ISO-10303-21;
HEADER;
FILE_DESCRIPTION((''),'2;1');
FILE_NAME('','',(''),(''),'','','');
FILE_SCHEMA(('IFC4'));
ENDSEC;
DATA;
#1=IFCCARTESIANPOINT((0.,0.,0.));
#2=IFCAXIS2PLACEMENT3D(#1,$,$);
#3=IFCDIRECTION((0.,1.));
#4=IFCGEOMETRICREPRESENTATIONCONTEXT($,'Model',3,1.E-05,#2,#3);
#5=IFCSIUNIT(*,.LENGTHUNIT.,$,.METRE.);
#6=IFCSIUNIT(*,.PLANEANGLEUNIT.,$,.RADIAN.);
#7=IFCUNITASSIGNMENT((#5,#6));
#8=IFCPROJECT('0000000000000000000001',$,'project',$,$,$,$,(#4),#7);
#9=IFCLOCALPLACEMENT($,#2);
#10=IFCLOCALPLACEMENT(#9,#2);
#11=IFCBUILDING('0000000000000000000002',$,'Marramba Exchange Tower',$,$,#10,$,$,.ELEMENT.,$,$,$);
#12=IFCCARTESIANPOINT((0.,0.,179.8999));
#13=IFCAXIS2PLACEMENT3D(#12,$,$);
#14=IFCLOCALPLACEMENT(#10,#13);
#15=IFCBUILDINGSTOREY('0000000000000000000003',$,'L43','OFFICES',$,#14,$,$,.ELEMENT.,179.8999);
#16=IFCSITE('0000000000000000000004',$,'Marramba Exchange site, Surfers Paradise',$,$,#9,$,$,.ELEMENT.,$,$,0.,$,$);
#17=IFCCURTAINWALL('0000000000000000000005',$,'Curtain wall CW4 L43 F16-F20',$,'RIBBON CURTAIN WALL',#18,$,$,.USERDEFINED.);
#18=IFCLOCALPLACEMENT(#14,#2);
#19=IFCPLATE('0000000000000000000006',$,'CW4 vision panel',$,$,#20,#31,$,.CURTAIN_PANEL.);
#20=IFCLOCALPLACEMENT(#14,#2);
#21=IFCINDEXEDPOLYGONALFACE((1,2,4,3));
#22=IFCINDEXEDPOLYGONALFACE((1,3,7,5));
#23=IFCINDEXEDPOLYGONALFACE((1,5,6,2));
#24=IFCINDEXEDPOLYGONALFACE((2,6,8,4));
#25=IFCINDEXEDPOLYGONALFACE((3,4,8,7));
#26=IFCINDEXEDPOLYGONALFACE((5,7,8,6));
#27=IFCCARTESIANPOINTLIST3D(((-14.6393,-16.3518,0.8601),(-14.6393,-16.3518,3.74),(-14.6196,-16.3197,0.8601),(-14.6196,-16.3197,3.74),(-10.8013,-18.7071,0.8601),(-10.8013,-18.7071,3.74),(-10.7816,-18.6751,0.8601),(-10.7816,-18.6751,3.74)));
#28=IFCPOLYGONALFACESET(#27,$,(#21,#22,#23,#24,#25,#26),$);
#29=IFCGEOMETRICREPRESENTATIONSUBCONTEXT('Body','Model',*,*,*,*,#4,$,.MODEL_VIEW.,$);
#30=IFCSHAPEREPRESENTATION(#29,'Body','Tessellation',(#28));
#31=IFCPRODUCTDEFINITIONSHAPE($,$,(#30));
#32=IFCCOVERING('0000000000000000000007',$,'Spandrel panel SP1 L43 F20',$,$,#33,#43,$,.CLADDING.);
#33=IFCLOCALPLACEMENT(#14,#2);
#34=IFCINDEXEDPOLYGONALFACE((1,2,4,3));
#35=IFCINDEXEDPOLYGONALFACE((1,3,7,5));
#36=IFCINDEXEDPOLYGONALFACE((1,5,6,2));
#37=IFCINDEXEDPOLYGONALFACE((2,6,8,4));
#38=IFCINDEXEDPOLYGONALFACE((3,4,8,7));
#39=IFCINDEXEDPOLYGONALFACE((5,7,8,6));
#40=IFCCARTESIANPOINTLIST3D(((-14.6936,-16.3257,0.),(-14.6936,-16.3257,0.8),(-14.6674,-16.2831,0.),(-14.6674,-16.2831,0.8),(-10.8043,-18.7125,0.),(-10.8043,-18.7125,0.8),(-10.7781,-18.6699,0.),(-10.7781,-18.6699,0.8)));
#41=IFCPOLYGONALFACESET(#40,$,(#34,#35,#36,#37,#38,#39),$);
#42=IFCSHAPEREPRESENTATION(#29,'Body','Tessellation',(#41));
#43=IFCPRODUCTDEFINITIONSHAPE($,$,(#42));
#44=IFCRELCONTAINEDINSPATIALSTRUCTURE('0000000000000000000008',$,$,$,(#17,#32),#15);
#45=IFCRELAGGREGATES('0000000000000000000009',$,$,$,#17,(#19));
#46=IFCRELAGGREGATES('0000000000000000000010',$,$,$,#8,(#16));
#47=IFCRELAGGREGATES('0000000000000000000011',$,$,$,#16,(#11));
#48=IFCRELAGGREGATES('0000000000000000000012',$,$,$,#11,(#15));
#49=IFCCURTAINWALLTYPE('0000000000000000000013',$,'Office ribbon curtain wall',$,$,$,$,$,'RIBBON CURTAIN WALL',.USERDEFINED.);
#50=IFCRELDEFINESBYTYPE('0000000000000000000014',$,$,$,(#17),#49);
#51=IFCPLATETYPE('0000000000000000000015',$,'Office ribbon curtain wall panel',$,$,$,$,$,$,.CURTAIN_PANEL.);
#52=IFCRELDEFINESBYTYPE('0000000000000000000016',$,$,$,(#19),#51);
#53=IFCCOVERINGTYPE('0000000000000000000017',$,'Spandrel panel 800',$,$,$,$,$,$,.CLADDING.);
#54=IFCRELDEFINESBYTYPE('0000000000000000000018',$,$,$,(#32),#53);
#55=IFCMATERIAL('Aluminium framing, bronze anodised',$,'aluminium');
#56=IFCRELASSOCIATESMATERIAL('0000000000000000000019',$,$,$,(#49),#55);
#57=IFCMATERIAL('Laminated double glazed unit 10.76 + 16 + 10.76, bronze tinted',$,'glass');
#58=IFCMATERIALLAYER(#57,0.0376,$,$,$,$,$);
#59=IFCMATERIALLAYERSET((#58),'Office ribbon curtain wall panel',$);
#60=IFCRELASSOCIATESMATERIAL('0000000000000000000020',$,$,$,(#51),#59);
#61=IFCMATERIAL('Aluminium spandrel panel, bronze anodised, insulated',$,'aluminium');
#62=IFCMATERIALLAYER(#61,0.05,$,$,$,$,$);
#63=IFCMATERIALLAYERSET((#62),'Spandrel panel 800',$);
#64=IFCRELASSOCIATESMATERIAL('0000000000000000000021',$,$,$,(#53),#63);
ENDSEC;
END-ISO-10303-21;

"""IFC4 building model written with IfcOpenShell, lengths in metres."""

from ifc_helpers import new_model, si_unit, direction, frame, origin, origin_2d, place, context, subcontext, project, spatial, rectangle, extrude, material, layer, layer_set, type_object, element, aggregate, save


model = new_model("IFC4")

# Units and contexts
model_context = context("Model", 3, precision=1e-05, world=origin(), true_north=direction((0.0, 1.0)))
body_context = subcontext(model_context, "Body", "Model", "MODEL_VIEW")
ifc_project = project(units=[si_unit("LENGTHUNIT", "METRE"), si_unit("PLANEANGLEUNIT", "RADIAN")], contexts=[model_context])

# Site, building, storey
site_placement = place(None, origin())
site = spatial("IfcSite", under=ifc_project, at=site_placement, Name="Marramba Exchange site, Surfers Paradise", CompositionType="ELEMENT", RefElevation=0.0)
building_placement = place(site_placement, origin())
building = spatial("IfcBuilding", under=site, at=building_placement, Name="Marramba Exchange Tower", CompositionType="ELEMENT")
storey_placement = place(building_placement, frame((0.0, 0.0, 179.8999)))
storey = spatial("IfcBuildingStorey", under=building, at=storey_placement, Name="L43", Description="OFFICES", CompositionType="ELEMENT", Elevation=179.8999)

# Curtain wall, plate
ifc_material_1 = material(Name="Aluminium framing, bronze anodised", Category="aluminium")
curtain_wall_type = type_object("IfcCurtainWallType", Name="Office ribbon curtain wall", ElementType="RIBBON CURTAIN WALL", PredefinedType="USERDEFINED", material=ifc_material_1)
curtain_wall_placement = place(storey_placement, origin())
curtain_wall = element("IfcCurtainWall", 1, at=curtain_wall_placement, inside=storey, type_object=curtain_wall_type, Name="Curtain wall CW4 L43 F16-F20", ObjectType="RIBBON CURTAIN WALL", PredefinedType="USERDEFINED")
ifc_material_2 = material(Name="Laminated double glazed unit 10.76 + 16 + 10.76, bronze tinted", Category="glass")
ifc_layer_1 = layer(ifc_material_2, 0.0376)
ifc_layer_set_1 = layer_set([ifc_layer_1], Name="Office ribbon curtain wall panel")
plate_type = type_object("IfcPlateType", Name="Office ribbon curtain wall panel", PredefinedType="CURTAIN_PANEL", material=ifc_layer_set_1)
plate_placement = place(storey_placement, frame((-12.7104, -17.5134, 0.8601), z_axis=(0.0, 0.0, 1.0), x_axis=(0.852301, -0.523052, 0.0)))
plate = element("IfcPlate", 2, at=plate_placement, type_object=plate_type, Name="CW4 vision panel", PredefinedType="CURTAIN_PANEL", context=body_context, shape_type="SweptSolid", body=[
    extrude(rectangle(XDim=4.5032, YDim=0.0376, at=origin_2d()), origin(), (0.0, 0.0, 1.0), 2.8799),
])
aggregate(curtain_wall, [plate])

# Covering
ifc_material_3 = material(Name="Aluminium spandrel panel, bronze anodised, insulated", Category="aluminium")
ifc_layer_2 = layer(ifc_material_3, 0.05)
ifc_layer_set_2 = layer_set([ifc_layer_2], Name="Spandrel panel 800")
covering_type = type_object("IfcCoveringType", Name="Spandrel panel 800", PredefinedType="CLADDING", material=ifc_layer_set_2)
covering_placement = place(storey_placement, frame((-12.7358, -17.4978, 0.0), z_axis=(0.0, 0.0, 1.0), x_axis=(0.852301, -0.523052, 0.0)))
element("IfcCovering", 3, at=covering_placement, inside=storey, type_object=covering_type, Name="Spandrel panel SP1 L43 F20", PredefinedType="CLADDING", context=body_context, shape_type="SweptSolid", body=[
    extrude(rectangle(XDim=4.5632, YDim=0.05, at=origin_2d()), origin(), (0.0, 0.0, 1.0), 0.8),
])

save(model, "model.ifc")
